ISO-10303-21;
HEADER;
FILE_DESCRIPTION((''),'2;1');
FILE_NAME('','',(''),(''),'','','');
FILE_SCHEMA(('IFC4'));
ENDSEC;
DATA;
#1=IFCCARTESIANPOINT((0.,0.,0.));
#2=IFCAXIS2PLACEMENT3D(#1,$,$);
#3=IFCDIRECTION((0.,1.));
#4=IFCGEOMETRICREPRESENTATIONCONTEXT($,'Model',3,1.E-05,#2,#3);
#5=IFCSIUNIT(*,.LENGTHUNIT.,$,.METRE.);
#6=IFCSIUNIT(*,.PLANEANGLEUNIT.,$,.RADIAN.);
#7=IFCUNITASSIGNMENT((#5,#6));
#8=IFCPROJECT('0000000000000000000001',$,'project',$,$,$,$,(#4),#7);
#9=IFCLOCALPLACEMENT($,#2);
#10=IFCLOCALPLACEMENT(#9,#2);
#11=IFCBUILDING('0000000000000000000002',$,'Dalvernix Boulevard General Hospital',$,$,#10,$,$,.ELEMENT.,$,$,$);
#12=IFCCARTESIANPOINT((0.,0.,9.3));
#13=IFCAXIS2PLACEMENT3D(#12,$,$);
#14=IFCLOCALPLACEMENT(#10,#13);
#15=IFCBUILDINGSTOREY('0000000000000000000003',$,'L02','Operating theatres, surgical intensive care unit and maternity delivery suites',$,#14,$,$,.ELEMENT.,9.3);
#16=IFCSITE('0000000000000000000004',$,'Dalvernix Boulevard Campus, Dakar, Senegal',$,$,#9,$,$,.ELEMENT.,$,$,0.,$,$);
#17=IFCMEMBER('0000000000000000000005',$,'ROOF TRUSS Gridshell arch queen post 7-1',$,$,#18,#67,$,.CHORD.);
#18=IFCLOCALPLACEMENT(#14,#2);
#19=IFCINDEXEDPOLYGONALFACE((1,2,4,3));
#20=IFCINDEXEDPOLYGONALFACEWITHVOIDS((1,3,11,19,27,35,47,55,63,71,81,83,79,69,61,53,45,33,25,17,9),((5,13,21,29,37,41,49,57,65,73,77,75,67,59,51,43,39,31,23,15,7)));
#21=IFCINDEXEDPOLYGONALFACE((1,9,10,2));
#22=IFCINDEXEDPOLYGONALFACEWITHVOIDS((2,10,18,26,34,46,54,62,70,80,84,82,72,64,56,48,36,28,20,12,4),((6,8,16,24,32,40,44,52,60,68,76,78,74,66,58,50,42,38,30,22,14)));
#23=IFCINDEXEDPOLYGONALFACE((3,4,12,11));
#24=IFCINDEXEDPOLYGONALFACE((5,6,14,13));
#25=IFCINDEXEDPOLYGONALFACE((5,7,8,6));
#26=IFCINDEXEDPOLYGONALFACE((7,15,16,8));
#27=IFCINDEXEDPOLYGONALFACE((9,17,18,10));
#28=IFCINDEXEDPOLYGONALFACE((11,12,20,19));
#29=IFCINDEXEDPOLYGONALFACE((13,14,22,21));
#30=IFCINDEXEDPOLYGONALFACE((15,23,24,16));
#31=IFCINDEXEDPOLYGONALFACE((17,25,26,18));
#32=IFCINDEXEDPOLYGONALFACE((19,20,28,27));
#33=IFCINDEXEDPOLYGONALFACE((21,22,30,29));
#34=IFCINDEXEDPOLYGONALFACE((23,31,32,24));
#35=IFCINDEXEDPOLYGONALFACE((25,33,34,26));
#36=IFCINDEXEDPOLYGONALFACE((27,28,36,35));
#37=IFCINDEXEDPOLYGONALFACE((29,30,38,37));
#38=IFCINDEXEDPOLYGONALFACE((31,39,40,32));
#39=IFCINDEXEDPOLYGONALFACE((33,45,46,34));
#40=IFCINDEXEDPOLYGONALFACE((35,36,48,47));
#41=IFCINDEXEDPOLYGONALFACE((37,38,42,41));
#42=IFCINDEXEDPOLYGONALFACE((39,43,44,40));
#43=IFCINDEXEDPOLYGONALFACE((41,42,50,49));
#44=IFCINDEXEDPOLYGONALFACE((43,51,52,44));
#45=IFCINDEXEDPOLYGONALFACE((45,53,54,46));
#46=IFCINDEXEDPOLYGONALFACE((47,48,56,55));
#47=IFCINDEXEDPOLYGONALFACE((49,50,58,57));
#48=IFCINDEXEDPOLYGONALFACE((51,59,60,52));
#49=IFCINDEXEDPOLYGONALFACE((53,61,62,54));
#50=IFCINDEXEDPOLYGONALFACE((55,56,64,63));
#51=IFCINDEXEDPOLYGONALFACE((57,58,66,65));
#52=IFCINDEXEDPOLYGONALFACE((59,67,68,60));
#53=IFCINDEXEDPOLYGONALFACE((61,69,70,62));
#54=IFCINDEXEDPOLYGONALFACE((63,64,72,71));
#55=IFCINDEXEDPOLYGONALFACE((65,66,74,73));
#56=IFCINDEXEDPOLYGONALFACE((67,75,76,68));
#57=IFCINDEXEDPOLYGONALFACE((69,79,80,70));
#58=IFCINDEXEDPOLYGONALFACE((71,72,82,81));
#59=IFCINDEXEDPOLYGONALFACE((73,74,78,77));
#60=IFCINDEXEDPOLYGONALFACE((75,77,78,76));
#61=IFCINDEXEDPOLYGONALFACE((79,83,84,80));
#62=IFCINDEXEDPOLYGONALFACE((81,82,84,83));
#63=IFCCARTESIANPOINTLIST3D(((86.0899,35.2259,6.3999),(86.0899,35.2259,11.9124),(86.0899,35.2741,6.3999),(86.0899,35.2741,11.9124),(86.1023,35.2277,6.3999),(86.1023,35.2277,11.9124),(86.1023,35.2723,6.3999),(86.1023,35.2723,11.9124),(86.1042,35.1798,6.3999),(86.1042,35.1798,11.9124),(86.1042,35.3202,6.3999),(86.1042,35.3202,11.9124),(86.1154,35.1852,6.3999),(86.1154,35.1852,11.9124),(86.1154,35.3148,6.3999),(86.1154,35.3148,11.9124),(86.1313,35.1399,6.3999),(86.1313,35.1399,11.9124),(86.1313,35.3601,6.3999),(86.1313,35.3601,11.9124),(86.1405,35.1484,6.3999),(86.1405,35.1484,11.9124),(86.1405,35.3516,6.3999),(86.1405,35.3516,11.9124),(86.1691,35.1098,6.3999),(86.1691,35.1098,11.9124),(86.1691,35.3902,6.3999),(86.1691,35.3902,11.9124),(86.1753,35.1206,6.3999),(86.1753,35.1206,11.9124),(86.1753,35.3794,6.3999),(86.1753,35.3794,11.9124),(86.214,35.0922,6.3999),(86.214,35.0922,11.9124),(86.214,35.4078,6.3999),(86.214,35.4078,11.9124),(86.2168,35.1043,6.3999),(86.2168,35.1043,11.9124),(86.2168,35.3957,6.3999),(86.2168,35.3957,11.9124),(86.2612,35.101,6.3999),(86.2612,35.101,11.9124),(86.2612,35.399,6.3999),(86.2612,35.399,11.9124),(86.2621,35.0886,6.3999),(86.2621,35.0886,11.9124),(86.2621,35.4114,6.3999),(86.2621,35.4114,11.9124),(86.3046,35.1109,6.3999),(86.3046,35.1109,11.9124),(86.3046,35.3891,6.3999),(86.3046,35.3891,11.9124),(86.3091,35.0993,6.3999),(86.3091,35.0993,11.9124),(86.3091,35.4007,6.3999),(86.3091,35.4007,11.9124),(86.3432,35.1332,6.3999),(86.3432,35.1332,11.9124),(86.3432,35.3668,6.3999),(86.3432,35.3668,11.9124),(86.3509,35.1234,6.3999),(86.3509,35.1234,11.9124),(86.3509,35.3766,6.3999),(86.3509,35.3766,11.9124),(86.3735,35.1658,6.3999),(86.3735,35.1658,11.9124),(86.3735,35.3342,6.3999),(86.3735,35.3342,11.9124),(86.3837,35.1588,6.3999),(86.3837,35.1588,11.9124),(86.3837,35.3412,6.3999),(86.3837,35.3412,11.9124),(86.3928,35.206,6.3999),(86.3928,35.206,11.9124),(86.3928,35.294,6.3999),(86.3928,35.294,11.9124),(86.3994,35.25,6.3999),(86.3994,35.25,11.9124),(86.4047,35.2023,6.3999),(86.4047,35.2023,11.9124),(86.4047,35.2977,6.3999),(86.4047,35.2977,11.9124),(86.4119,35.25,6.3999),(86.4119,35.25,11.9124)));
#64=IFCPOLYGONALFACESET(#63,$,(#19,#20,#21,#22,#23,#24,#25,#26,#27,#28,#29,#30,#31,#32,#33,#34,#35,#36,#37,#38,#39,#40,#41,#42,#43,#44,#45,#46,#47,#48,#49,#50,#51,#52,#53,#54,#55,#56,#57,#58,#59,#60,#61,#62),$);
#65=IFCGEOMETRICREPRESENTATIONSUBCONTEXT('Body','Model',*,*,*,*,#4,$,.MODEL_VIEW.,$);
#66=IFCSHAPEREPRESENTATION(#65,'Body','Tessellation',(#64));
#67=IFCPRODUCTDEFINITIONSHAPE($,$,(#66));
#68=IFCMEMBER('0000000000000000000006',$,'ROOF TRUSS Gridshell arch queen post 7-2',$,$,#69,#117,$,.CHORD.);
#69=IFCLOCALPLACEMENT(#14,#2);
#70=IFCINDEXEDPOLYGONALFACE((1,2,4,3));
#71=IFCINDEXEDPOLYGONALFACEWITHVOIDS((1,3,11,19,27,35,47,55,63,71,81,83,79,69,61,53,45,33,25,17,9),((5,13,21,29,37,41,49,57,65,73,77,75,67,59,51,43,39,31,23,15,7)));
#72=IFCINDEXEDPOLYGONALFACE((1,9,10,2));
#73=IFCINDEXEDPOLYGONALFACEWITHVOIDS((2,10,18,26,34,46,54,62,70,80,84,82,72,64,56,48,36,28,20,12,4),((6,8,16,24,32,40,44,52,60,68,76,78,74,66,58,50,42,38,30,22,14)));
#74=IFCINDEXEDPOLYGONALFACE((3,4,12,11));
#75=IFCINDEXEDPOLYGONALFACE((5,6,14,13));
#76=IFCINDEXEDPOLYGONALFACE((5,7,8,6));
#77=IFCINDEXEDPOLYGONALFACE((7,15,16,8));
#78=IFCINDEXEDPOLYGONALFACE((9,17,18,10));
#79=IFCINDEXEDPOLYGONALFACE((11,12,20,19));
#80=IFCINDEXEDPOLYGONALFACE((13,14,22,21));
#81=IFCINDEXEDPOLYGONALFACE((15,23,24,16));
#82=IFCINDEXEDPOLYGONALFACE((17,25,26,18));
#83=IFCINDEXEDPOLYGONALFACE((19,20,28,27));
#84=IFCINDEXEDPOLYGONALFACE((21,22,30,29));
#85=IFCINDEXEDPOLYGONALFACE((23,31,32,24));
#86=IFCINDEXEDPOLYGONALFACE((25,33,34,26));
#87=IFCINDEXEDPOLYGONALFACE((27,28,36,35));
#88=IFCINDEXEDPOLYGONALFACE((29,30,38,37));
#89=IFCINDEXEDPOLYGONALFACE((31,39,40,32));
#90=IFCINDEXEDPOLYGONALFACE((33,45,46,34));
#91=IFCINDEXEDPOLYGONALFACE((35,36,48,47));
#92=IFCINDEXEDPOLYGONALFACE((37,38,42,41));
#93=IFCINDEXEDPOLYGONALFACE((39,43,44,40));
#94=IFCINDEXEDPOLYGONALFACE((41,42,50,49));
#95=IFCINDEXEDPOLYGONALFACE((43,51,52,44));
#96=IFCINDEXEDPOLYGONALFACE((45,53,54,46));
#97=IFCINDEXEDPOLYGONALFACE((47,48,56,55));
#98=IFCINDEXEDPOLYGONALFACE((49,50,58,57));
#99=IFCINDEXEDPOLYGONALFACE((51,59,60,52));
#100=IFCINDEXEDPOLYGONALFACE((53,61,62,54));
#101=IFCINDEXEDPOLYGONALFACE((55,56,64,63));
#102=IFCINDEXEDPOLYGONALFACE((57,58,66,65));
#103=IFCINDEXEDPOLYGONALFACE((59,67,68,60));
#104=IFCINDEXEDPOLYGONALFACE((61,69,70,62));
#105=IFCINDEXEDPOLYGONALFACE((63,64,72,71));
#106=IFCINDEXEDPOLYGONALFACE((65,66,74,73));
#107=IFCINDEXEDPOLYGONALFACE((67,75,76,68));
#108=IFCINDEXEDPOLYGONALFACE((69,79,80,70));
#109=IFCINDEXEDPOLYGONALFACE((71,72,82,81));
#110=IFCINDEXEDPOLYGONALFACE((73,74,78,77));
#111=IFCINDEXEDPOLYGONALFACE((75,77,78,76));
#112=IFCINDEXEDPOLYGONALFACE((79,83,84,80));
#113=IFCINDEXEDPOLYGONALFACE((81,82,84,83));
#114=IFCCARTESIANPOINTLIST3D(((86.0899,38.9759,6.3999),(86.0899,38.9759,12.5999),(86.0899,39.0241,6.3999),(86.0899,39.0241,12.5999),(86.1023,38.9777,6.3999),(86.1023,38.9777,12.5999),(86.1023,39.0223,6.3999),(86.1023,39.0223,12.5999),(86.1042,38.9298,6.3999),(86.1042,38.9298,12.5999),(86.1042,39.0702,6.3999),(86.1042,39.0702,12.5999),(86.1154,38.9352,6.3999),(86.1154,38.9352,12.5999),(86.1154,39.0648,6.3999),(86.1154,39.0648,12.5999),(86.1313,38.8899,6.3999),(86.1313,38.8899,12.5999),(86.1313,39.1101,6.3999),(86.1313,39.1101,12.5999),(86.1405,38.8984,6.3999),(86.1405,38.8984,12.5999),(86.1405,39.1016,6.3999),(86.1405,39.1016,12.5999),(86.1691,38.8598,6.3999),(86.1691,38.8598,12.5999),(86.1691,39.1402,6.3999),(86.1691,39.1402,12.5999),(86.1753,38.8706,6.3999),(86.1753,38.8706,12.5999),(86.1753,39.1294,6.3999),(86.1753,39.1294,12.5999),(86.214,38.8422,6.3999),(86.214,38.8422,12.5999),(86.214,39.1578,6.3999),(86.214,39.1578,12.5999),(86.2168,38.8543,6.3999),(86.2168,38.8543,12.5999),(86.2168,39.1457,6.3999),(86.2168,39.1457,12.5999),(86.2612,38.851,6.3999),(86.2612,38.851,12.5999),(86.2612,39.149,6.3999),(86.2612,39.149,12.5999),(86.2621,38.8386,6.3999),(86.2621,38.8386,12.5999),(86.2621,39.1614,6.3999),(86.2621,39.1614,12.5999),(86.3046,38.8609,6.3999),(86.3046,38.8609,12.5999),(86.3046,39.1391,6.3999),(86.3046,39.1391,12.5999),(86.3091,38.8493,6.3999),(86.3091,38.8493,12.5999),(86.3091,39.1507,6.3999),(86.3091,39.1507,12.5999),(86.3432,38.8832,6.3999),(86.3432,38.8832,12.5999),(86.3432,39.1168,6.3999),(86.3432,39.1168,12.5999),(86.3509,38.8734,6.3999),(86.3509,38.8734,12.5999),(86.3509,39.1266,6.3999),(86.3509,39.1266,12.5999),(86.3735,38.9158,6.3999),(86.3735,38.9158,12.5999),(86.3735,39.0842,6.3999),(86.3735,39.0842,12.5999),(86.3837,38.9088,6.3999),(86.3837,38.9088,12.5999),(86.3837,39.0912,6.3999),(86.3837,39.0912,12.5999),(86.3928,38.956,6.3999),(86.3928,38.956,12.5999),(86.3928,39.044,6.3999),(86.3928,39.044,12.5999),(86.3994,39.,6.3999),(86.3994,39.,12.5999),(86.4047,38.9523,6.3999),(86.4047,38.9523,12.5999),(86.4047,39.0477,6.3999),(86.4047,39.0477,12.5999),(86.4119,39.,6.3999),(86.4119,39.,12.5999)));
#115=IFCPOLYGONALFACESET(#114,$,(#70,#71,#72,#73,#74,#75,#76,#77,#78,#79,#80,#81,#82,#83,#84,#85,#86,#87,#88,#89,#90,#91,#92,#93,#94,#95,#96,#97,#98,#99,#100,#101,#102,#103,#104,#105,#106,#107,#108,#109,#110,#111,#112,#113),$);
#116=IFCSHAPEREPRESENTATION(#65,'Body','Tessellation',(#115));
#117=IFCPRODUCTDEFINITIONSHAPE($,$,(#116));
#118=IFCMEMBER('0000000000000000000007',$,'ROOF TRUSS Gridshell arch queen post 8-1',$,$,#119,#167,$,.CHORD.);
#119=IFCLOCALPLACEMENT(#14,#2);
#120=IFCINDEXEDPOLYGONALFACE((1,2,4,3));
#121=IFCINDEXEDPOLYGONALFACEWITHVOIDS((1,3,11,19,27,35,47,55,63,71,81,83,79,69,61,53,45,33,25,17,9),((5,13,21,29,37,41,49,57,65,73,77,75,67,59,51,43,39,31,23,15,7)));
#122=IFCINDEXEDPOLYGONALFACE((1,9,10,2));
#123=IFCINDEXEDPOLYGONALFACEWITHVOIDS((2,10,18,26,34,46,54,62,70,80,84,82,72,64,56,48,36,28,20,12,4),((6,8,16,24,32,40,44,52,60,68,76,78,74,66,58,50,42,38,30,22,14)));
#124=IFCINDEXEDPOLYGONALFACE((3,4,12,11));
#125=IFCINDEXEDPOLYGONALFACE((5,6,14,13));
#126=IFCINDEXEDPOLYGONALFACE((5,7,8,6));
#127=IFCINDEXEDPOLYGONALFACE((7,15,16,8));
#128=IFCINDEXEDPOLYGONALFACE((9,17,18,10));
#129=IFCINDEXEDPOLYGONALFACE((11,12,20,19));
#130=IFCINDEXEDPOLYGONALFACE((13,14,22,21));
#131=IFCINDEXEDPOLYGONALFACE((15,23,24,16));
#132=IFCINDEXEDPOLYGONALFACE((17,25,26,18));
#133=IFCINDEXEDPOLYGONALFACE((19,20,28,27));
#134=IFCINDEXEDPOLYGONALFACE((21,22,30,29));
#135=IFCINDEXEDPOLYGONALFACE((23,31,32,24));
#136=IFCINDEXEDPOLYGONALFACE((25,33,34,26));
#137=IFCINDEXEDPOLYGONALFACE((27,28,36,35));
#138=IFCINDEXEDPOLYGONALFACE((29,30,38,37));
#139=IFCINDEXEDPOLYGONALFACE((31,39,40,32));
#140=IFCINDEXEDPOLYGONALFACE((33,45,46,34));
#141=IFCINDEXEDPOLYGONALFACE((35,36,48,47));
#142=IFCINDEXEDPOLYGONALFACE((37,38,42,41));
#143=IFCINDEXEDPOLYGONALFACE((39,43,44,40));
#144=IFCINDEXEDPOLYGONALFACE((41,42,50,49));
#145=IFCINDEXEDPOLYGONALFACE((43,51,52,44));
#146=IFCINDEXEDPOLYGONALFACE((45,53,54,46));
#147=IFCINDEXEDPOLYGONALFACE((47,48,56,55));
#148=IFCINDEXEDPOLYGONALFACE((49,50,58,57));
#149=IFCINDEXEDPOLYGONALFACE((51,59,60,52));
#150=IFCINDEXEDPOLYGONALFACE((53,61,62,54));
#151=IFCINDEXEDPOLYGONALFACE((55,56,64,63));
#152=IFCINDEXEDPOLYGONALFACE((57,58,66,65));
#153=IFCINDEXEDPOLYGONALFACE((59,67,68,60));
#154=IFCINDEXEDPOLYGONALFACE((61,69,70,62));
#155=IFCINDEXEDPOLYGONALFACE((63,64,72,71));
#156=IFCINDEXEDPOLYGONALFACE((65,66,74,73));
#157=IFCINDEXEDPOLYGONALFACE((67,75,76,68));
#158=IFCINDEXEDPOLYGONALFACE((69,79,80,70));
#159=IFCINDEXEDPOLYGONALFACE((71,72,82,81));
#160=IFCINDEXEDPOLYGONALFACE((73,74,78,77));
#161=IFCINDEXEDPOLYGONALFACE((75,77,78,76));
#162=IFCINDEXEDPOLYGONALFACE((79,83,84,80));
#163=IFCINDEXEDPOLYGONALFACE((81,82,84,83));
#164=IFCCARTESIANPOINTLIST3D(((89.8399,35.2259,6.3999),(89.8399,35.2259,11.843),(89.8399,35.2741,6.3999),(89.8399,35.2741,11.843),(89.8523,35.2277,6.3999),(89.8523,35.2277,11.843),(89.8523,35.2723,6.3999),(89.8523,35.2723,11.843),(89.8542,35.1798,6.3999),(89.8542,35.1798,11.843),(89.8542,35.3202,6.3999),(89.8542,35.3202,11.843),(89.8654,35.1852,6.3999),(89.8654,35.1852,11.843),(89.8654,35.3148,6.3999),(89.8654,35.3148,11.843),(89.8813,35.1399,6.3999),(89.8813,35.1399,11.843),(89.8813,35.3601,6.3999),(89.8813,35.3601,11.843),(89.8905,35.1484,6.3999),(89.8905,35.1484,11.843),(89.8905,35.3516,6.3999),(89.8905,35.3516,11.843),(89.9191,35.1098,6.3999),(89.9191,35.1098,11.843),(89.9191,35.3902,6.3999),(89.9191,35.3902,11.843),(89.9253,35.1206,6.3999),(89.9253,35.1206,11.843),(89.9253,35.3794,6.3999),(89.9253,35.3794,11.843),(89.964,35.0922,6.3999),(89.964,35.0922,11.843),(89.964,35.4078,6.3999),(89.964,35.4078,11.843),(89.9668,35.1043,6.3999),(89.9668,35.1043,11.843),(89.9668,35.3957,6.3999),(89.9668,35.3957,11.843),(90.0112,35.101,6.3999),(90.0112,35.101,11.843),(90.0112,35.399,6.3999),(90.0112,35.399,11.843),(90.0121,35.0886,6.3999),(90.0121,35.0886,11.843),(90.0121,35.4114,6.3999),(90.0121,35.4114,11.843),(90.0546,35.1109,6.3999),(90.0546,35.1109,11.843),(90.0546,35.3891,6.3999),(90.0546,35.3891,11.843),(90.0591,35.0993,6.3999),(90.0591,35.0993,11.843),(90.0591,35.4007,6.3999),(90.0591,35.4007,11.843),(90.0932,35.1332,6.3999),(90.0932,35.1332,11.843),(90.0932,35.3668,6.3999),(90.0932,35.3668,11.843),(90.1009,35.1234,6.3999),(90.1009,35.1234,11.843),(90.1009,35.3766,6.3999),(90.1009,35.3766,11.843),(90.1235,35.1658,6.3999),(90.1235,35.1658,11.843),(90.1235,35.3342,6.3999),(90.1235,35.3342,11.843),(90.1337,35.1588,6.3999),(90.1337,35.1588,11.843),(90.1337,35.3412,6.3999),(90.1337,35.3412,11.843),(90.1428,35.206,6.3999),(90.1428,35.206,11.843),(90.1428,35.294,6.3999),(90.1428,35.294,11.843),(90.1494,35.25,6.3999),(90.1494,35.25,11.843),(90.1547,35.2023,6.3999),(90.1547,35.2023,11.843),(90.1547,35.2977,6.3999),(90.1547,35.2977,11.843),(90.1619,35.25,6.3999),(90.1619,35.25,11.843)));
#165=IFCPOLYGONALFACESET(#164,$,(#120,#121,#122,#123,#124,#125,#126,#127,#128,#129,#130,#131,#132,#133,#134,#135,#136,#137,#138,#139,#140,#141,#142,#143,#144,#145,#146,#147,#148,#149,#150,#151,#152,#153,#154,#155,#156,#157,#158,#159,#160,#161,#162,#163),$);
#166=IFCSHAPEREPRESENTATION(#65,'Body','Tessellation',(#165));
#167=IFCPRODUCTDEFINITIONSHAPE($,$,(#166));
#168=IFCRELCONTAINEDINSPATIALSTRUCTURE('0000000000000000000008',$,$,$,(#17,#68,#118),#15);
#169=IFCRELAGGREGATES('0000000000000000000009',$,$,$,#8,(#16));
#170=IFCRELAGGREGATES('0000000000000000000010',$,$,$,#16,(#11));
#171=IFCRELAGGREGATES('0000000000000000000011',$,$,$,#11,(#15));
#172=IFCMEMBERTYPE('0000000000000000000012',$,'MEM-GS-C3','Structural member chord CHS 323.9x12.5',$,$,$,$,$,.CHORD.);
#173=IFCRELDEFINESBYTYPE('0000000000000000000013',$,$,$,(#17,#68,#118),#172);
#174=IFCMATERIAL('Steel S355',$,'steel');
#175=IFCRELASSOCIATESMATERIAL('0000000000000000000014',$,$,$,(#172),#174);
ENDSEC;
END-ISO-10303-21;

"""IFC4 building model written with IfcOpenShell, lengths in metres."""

from ifc_helpers import new_model, si_unit, direction, frame, origin, origin_2d, place, context, subcontext, project, spatial, hollow_circle, extrude, material, material_profile, profile_set, type_object, element, save


model = new_model("IFC4")

# Units and contexts
model_context = context("Model", 3, precision=1e-05, world=origin(), true_north=direction((0.0, 1.0)))
body_context = subcontext(model_context, "Body", "Model", "MODEL_VIEW")
ifc_project = project(units=[si_unit("LENGTHUNIT", "METRE"), si_unit("PLANEANGLEUNIT", "RADIAN")], contexts=[model_context])

# Site, building, storey
site_placement = place(None, origin())
site = spatial("IfcSite", under=ifc_project, at=site_placement, Name="Dalvernix Boulevard Campus, Dakar, Senegal", CompositionType="ELEMENT", RefElevation=0.0)
building_placement = place(site_placement, origin())
building = spatial("IfcBuilding", under=site, at=building_placement, Name="Dalvernix Boulevard General Hospital", CompositionType="ELEMENT")
storey_placement = place(building_placement, frame((0.0, 0.0, 9.3)))
storey = spatial("IfcBuildingStorey", under=building, at=storey_placement, Name="L02", Description="Operating theatres, surgical intensive care unit and maternity delivery suites", CompositionType="ELEMENT", Elevation=9.3)

# Shared definitions
ifc_material_1 = material(Name="Steel S355", Category="steel")

# Members
ifc_material_profile_1 = material_profile(ifc_material_1, hollow_circle(Radius=0.1619, WallThickness=0.0125, at=origin_2d()), Name="CHS 323.9x12.5")
ifc_profile_set_1 = profile_set([ifc_material_profile_1], Name="Steel S355")
member_type_1 = type_object("IfcMemberType", Name="MEM-GS-C3", Description="Structural member chord CHS 323.9x12.5", PredefinedType="CHORD", material=ifc_profile_set_1)
member_1_placement = place(storey_placement, frame((86.25, 35.25, 6.3999), z_axis=(0.0, 0.0, 1.0), x_axis=(1.0, 0.0, 0.0)))
element("IfcMember", 1, at=member_1_placement, inside=storey, type_object=member_type_1, Name="ROOF TRUSS Gridshell arch queen post 7-1", PredefinedType="CHORD", context=body_context, shape_type="SweptSolid", body=[
    extrude(hollow_circle(Radius=0.1619, WallThickness=0.0125, at=origin_2d()), origin(), (0.0, 0.0, 1.0), 5.5125),
])
member_2_placement = place(storey_placement, frame((86.25, 39.0, 6.3999), z_axis=(0.0, 0.0, 1.0), x_axis=(1.0, 0.0, 0.0)))
element("IfcMember", 2, at=member_2_placement, inside=storey, type_object=member_type_1, Name="ROOF TRUSS Gridshell arch queen post 7-2", PredefinedType="CHORD", context=body_context, shape_type="SweptSolid", body=[
    extrude(hollow_circle(Radius=0.1619, WallThickness=0.0125, at=origin_2d()), origin(), (0.0, 0.0, 1.0), 6.2),
])
member_3_placement = place(storey_placement, frame((90.0, 35.25, 6.3999), z_axis=(0.0, 0.0, 1.0), x_axis=(1.0, 0.0, 0.0)))
element("IfcMember", 3, at=member_3_placement, inside=storey, type_object=member_type_1, Name="ROOF TRUSS Gridshell arch queen post 8-1", PredefinedType="CHORD", context=body_context, shape_type="SweptSolid", body=[
    extrude(hollow_circle(Radius=0.1619, WallThickness=0.0125, at=origin_2d()), origin(), (0.0, 0.0, 1.0), 5.4431),
])

save(model, "model.ifc")
